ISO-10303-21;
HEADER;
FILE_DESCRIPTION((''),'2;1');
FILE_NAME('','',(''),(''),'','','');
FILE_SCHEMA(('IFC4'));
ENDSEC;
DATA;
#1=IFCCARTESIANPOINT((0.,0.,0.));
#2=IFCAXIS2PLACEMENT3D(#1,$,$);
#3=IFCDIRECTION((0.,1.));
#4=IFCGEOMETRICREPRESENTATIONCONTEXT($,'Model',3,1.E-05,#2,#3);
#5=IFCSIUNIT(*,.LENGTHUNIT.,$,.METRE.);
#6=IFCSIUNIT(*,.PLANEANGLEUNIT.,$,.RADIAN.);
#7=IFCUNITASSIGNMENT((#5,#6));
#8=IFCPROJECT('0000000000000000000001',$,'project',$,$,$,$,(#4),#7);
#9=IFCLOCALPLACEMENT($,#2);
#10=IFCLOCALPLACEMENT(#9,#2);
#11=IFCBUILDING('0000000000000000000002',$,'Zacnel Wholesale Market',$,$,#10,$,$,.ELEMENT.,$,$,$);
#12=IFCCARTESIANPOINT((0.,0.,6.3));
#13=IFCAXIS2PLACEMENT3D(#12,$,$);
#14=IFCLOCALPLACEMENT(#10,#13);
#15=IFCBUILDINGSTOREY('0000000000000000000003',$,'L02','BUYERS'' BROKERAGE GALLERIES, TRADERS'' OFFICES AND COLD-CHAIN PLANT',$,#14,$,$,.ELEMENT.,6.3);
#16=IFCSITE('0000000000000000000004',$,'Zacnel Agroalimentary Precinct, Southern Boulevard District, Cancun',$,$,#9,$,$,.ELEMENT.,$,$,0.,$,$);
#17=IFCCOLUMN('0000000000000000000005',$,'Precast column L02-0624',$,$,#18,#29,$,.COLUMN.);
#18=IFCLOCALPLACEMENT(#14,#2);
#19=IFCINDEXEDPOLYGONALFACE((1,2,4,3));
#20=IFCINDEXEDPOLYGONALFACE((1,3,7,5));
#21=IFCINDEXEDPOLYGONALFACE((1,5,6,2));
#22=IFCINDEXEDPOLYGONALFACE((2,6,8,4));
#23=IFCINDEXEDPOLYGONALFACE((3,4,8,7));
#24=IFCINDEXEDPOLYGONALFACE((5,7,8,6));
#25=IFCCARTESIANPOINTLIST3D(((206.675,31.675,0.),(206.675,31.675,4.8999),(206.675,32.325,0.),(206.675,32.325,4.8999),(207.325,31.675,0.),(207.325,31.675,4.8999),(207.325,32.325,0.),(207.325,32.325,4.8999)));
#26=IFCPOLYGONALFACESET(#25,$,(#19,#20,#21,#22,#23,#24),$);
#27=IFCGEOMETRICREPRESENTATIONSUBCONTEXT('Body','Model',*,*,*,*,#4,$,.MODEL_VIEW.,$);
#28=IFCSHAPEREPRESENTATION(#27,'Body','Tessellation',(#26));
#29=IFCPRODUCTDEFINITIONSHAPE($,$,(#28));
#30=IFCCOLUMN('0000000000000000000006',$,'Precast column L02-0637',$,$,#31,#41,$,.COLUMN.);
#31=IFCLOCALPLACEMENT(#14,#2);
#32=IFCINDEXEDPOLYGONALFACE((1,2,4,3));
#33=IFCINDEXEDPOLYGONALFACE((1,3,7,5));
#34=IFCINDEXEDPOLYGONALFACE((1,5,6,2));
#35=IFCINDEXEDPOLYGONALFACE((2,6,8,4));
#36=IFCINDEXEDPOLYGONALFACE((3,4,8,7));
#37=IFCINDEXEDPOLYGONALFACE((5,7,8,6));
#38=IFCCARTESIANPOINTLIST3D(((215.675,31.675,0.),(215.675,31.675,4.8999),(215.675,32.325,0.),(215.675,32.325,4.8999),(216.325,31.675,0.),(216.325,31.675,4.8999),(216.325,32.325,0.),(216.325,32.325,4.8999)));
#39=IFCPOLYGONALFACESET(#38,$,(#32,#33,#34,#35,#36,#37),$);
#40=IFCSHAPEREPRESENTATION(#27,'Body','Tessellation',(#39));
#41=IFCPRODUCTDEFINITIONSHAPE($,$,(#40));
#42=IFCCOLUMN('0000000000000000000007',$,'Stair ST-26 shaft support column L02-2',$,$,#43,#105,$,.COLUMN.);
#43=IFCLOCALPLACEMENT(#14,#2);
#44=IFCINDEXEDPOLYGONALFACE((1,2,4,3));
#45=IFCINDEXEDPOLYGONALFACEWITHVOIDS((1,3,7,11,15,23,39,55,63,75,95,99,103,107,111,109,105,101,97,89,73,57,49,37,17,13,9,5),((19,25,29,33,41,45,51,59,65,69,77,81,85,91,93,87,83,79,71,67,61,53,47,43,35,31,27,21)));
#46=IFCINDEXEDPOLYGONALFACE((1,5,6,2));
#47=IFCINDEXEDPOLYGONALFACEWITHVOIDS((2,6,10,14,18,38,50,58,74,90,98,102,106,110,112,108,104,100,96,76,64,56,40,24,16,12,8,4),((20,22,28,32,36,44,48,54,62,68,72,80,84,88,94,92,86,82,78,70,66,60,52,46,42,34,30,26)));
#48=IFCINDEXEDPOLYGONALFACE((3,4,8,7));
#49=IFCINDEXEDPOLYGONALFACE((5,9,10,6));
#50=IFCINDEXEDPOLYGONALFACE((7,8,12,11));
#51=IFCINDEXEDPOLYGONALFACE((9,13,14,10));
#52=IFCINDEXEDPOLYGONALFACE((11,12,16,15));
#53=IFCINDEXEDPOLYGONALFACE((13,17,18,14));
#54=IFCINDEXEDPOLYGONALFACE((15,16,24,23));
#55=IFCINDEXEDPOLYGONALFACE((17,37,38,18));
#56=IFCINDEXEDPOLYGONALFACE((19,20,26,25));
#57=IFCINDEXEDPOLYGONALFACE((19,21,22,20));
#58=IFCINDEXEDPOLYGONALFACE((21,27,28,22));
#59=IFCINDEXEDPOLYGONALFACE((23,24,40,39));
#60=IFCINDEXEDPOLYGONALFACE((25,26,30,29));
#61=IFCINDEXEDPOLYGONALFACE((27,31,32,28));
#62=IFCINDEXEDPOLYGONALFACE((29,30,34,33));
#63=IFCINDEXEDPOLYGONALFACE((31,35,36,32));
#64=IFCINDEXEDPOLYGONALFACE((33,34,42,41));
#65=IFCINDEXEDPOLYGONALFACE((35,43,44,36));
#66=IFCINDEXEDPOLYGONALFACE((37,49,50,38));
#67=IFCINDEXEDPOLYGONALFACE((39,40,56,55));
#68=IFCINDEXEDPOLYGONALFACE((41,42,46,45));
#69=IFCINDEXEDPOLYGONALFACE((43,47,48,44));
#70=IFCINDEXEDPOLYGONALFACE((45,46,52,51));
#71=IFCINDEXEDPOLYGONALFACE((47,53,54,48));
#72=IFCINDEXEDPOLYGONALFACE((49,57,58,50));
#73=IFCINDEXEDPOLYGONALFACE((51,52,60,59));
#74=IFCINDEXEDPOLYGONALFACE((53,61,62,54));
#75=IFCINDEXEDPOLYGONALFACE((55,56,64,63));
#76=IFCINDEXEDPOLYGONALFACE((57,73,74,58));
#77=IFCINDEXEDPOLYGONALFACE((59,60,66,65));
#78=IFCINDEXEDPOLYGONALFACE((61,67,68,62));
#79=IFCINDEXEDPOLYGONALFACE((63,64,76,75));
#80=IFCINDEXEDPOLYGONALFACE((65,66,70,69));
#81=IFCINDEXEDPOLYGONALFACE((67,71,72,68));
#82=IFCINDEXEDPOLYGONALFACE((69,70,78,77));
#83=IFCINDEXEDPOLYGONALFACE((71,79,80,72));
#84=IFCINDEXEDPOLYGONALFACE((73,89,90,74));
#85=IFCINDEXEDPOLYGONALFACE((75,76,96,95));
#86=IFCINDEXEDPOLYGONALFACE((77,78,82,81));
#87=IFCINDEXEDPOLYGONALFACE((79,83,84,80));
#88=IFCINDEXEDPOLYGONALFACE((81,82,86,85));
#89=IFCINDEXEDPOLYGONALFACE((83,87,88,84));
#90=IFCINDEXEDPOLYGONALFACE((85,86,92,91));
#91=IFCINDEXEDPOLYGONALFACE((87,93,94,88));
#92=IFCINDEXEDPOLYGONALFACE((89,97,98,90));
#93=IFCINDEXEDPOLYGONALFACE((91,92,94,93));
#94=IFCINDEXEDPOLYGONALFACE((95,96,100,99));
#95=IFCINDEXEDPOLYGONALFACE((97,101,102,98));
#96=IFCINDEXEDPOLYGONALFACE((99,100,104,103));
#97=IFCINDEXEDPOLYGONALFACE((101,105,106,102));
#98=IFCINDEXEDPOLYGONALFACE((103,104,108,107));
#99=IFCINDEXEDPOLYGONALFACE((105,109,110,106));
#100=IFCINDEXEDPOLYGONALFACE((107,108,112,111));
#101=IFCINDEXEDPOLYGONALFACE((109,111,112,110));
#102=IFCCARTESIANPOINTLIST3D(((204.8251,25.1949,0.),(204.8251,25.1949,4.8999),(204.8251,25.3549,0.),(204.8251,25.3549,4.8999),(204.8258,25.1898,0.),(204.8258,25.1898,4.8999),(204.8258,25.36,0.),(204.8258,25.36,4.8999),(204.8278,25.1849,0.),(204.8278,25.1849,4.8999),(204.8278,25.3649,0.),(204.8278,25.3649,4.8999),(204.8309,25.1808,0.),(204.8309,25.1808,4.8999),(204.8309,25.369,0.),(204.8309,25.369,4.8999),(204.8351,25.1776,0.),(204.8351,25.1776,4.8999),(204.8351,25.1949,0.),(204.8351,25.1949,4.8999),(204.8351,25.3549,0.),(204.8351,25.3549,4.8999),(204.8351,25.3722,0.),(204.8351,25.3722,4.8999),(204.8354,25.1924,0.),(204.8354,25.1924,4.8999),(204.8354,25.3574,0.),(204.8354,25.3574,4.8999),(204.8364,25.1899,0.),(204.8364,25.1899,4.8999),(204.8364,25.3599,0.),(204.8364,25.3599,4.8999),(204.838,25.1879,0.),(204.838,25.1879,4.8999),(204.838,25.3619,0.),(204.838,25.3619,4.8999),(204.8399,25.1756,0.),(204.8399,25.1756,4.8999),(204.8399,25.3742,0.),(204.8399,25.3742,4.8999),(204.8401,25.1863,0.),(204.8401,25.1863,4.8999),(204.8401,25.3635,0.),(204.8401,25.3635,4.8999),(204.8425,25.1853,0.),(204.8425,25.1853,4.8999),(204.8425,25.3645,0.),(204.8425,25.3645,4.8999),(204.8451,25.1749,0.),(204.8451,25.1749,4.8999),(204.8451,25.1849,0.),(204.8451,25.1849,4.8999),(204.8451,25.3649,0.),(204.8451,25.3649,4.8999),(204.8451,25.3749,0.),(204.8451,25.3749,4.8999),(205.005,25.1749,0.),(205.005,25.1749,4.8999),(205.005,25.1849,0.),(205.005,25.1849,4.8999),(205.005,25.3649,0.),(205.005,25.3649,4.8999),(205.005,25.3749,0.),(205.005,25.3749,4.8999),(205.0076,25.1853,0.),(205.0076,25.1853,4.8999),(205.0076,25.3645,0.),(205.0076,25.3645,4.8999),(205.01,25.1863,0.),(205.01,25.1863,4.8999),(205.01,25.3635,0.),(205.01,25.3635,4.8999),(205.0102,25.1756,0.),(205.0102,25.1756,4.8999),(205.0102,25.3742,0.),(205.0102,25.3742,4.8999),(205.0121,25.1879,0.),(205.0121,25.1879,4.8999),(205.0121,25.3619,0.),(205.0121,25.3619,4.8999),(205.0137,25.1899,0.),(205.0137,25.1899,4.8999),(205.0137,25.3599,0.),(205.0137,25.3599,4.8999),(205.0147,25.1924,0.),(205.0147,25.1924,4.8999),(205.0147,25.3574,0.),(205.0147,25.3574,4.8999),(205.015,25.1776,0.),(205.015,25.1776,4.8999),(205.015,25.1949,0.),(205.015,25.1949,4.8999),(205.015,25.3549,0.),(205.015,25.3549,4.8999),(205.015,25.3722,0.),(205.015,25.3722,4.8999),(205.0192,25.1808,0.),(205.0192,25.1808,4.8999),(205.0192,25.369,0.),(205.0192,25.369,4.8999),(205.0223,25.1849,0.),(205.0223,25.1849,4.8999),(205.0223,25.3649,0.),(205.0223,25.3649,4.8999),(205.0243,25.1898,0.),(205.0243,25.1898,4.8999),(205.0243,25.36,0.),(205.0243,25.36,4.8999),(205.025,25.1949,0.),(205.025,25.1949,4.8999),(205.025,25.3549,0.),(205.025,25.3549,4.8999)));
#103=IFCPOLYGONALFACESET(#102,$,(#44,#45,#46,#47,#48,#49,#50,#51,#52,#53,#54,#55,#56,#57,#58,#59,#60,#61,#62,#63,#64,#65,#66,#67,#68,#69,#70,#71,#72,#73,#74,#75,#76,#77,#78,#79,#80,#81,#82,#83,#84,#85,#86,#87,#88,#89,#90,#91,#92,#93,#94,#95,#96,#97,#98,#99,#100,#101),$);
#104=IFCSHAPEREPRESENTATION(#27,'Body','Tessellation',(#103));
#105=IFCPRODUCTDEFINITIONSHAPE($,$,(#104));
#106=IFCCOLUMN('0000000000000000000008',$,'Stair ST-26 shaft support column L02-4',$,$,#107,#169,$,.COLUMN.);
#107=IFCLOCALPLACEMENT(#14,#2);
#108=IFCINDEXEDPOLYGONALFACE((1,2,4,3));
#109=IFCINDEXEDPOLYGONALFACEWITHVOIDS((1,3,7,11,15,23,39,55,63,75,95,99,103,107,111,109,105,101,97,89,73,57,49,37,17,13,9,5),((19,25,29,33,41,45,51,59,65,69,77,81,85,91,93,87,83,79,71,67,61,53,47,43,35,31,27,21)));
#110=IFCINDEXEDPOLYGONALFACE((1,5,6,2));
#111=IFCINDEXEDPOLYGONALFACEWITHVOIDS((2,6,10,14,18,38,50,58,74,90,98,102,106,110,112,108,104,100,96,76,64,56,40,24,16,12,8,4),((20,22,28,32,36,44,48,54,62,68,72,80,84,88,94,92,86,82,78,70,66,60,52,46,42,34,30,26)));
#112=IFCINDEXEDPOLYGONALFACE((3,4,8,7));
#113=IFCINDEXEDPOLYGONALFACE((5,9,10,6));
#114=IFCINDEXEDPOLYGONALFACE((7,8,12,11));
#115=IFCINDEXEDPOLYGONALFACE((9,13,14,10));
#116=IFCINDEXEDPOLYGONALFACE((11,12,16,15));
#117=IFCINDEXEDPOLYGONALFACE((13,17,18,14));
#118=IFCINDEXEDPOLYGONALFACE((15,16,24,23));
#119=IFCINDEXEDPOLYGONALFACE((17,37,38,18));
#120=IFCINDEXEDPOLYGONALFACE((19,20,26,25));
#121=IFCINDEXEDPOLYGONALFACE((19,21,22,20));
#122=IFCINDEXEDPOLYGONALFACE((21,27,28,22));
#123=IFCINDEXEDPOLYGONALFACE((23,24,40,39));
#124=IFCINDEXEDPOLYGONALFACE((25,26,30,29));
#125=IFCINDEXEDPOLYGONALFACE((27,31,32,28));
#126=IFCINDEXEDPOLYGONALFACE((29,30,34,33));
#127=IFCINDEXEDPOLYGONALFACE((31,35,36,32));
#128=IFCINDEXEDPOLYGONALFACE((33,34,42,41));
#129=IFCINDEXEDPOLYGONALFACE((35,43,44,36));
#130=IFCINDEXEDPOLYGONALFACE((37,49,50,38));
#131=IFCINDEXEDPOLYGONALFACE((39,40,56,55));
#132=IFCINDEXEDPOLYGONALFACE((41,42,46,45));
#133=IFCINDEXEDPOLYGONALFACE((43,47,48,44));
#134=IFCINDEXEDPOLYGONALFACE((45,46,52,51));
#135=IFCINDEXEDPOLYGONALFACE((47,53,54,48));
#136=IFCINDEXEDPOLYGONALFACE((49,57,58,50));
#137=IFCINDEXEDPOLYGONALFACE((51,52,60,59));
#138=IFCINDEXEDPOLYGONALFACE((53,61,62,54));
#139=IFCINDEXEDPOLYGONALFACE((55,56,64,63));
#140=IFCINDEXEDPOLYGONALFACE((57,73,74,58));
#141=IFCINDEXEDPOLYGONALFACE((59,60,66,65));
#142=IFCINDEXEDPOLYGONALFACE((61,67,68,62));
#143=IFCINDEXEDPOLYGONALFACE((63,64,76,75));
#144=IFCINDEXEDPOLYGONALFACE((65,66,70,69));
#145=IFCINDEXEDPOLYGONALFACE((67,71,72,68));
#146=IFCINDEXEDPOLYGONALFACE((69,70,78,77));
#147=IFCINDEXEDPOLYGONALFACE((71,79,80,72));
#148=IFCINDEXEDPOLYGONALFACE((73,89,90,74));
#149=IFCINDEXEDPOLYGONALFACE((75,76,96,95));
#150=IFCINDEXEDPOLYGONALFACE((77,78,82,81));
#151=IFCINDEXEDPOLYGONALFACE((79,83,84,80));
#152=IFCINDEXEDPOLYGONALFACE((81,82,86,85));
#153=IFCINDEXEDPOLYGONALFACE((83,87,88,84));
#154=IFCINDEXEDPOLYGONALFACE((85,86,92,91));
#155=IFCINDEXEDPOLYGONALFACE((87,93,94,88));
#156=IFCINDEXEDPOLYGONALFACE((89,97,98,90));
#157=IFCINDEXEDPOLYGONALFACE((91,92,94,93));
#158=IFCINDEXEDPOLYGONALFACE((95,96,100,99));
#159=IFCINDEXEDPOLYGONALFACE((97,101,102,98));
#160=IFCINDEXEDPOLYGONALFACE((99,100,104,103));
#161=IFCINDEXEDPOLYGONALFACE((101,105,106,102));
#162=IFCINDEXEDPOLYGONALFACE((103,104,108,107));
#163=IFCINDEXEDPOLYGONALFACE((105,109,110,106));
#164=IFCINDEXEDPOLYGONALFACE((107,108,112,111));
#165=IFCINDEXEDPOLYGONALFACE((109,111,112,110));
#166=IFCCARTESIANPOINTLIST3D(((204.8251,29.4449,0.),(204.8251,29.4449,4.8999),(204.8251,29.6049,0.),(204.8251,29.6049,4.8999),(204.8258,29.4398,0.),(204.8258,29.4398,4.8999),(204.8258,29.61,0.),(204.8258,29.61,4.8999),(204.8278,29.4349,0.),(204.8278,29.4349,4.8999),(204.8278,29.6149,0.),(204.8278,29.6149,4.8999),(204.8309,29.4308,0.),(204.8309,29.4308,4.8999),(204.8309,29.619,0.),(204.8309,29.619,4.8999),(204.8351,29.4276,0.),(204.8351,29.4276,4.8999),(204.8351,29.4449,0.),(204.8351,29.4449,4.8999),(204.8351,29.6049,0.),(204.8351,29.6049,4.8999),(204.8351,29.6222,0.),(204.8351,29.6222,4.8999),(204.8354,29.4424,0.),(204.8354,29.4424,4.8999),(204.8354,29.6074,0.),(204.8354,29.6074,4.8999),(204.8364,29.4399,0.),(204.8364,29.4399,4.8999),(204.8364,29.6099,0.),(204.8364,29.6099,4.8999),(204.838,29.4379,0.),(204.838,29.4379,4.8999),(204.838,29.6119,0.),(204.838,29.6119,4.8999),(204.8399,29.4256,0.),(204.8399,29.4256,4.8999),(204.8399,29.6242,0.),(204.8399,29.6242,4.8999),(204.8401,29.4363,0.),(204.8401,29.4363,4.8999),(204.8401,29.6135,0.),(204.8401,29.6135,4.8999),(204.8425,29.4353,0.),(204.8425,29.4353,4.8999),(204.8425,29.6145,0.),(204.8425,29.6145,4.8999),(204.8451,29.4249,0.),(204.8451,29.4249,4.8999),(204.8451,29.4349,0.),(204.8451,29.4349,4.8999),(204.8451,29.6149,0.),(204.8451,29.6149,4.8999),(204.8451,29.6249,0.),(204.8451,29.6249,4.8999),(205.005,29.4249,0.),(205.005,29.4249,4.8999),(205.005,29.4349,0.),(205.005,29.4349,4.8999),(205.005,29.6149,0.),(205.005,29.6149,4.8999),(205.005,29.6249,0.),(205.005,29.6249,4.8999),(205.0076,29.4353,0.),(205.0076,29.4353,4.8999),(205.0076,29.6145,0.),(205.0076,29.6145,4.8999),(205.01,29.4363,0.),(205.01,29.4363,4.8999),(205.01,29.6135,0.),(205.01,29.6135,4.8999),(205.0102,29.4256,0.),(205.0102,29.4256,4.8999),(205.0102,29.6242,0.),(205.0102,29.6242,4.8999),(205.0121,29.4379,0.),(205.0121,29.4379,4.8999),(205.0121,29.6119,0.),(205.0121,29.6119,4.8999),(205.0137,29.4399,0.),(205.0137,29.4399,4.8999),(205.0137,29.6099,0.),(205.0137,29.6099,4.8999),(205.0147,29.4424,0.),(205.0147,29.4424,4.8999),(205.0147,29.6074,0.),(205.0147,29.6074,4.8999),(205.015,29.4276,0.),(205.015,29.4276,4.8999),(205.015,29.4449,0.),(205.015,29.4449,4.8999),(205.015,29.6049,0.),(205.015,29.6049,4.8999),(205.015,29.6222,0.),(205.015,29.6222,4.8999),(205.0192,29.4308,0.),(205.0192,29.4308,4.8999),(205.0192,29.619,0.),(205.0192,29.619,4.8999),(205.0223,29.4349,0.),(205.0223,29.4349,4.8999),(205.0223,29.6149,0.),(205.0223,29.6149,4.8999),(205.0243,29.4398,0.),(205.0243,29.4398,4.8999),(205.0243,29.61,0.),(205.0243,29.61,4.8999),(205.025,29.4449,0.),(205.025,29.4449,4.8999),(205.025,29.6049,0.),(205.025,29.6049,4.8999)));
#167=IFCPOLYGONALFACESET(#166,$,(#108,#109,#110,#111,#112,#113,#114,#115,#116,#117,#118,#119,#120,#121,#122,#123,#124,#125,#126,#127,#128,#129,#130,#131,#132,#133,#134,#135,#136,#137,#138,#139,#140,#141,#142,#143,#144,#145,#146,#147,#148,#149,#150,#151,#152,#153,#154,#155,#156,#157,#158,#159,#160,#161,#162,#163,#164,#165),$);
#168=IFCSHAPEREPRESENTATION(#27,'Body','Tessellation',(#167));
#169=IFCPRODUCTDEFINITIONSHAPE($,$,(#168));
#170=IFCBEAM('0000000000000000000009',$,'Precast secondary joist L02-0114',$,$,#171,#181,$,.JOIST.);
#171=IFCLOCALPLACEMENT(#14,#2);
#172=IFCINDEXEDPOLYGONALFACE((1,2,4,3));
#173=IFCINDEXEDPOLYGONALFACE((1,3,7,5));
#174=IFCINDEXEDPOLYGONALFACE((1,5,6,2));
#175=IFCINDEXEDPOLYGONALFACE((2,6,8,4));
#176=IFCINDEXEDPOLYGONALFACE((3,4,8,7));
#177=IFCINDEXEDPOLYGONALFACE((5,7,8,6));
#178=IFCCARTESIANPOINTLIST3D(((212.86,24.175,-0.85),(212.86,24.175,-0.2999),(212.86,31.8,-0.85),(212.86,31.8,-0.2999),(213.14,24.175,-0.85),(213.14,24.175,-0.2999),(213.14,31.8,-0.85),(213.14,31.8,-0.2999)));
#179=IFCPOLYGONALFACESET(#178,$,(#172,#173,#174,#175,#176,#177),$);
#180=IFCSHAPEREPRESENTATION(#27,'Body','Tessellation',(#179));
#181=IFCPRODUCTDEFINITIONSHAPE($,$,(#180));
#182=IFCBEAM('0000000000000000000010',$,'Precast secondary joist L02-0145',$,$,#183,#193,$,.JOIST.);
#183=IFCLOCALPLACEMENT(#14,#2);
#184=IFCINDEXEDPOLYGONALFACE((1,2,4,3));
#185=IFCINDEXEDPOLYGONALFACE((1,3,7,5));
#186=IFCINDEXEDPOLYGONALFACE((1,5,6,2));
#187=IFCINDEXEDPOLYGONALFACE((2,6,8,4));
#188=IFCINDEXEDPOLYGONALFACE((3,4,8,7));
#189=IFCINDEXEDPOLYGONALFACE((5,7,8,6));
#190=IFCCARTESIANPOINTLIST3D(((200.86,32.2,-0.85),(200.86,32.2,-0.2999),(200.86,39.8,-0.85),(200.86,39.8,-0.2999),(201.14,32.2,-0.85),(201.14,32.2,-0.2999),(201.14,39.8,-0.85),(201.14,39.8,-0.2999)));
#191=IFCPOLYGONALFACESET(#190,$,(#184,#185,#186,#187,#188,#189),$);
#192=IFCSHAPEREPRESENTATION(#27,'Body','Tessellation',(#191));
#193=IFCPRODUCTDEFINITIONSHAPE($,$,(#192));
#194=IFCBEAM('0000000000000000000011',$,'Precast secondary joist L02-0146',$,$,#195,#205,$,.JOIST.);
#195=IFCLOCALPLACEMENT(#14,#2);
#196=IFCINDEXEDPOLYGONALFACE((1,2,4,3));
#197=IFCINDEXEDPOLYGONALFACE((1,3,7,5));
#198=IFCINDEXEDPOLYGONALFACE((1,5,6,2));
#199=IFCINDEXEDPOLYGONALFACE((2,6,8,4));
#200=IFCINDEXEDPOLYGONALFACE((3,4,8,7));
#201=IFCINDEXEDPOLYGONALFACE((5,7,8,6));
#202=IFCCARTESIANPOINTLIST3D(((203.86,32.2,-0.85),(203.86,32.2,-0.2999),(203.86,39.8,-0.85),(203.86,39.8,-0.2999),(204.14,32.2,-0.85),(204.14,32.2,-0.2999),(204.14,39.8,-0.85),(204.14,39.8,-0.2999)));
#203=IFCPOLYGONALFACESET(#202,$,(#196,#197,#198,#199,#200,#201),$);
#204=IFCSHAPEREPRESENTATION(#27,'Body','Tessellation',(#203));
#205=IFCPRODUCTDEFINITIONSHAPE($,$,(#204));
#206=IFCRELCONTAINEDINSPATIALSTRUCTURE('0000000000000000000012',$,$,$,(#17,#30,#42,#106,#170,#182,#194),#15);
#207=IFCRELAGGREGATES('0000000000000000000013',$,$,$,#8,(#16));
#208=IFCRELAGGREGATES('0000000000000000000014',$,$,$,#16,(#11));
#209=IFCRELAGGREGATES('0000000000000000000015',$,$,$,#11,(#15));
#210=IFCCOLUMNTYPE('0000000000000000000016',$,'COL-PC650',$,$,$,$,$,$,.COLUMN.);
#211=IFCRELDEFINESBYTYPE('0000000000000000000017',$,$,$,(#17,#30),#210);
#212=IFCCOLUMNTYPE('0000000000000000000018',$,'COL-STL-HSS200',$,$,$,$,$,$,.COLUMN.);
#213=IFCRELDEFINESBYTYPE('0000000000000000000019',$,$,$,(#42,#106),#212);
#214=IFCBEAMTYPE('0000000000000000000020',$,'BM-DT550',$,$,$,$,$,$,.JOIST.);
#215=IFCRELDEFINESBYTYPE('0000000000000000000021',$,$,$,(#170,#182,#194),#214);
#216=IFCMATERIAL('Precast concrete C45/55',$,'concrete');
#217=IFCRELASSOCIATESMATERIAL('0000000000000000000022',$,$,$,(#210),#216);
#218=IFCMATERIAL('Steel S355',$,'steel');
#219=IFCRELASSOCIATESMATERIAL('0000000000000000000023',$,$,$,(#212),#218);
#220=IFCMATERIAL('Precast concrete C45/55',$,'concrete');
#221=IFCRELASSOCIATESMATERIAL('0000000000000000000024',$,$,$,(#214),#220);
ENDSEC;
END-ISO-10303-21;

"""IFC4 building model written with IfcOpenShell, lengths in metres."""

from ifc_helpers import new_model, si_unit, direction, frame, origin, origin_2d, place, context, subcontext, project, spatial, rectangle, hollow_rectangle, extrude, material, material_profile, profile_set, type_object, element, save


model = new_model("IFC4")

# Units and contexts
model_context = context("Model", 3, precision=1e-05, world=origin(), true_north=direction((0.0, 1.0)))
body_context = subcontext(model_context, "Body", "Model", "MODEL_VIEW")
ifc_project = project(units=[si_unit("LENGTHUNIT", "METRE"), si_unit("PLANEANGLEUNIT", "RADIAN")], contexts=[model_context])

# Site, building, storey
site_placement = place(None, origin())
site = spatial("IfcSite", under=ifc_project, at=site_placement, Name="Zacnel Agroalimentary Precinct, Southern Boulevard District, Cancun", CompositionType="ELEMENT", RefElevation=0.0)
building_placement = place(site_placement, origin())
building = spatial("IfcBuilding", under=site, at=building_placement, Name="Zacnel Wholesale Market", CompositionType="ELEMENT")
storey_placement = place(building_placement, frame((0.0, 0.0, 6.3)))
storey = spatial("IfcBuildingStorey", under=building, at=storey_placement, Name="L02", Description="BUYERS' BROKERAGE GALLERIES, TRADERS' OFFICES AND COLD-CHAIN PLANT", CompositionType="ELEMENT", Elevation=6.3)

# Columns
ifc_material_1 = material(Name="Precast concrete C45/55", Category="concrete")
ifc_material_profile_1 = material_profile(ifc_material_1, rectangle(XDim=0.6499, YDim=0.6499, at=origin_2d()), Name="PC 650x650")
ifc_profile_set_1 = profile_set([ifc_material_profile_1], Name="Precast concrete C45/55")
column_type_1 = type_object("IfcColumnType", Name="COL-PC650", PredefinedType="COLUMN", material=ifc_profile_set_1)
for number, where, z_axis, x_axis, name in (
    (1, (207.0, 32.0, 0.0), (0.0, 0.0, 1.0), (1.0, 0.0, 0.0), "Precast column L02-0624"),
    (2, (216.0, 32.0, 0.0), (0.0, 0.0, 1.0), (1.0, 0.0, 0.0), "Precast column L02-0637"),
):
    element("IfcColumn", number, at=place(storey_placement, frame(where, z_axis=z_axis, x_axis=x_axis)), inside=storey, type_object=column_type_1, Name=name, PredefinedType="COLUMN", context=body_context, shape_type="SweptSolid", body=[
        extrude(rectangle(XDim=0.6499, YDim=0.6499, at=origin_2d()), origin(), (0.0, 0.0, 1.0), 4.8999),
    ])
ifc_material_2 = material(Name="Steel S355", Category="steel")
ifc_material_profile_2 = material_profile(ifc_material_2, hollow_rectangle(XDim=0.2, YDim=0.2, WallThickness=0.01, InnerFilletRadius=0.01, OuterFilletRadius=0.02, at=origin_2d()), Name="HSS 200x200x10")
ifc_profile_set_2 = profile_set([ifc_material_profile_2], Name="Steel S355")
column_type_2 = type_object("IfcColumnType", Name="COL-STL-HSS200", PredefinedType="COLUMN", material=ifc_profile_set_2)
for number, where, z_axis, x_axis, name in (
    (3, (204.925, 25.2749, 0.0), (0.0, 0.0, 1.0), (1.0, 0.0, 0.0), "Stair ST-26 shaft support column L02-2"),
    (4, (204.925, 29.5249, 0.0), (0.0, 0.0, 1.0), (1.0, 0.0, 0.0), "Stair ST-26 shaft support column L02-4"),
):
    element("IfcColumn", number, at=place(storey_placement, frame(where, z_axis=z_axis, x_axis=x_axis)), inside=storey, type_object=column_type_2, Name=name, PredefinedType="COLUMN", context=body_context, shape_type="SweptSolid", body=[
        extrude(hollow_rectangle(XDim=0.2, YDim=0.2, WallThickness=0.01, InnerFilletRadius=0.01, OuterFilletRadius=0.02, at=origin_2d()), origin(), (0.0, 0.0, 1.0), 4.8999),
    ])

# Beams
ifc_material_3 = material(Name="Precast concrete C45/55", Category="concrete")
ifc_material_profile_3 = material_profile(ifc_material_3, rectangle(XDim=0.28, YDim=0.55, at=origin_2d()), Name="DT RIB 280x550")
ifc_profile_set_3 = profile_set([ifc_material_profile_3], Name="Precast concrete C45/55")
beam_type_1 = type_object("IfcBeamType", Name="BM-DT550", PredefinedType="JOIST", material=ifc_profile_set_3)
beam_1_placement = place(storey_placement, frame((213.0, 24.175, -0.575), z_axis=(0.0, 1.0, 0.0), x_axis=(-1.0, 0.0, 0.0)))
element("IfcBeam", 5, at=beam_1_placement, inside=storey, type_object=beam_type_1, Name="Precast secondary joist L02-0114", PredefinedType="JOIST", context=body_context, shape_type="SweptSolid", body=[
    extrude(rectangle(XDim=0.28, YDim=0.55, at=origin_2d()), origin(), (0.0, 0.0, 1.0), 7.625),
])
for number, where, z_axis, x_axis, name in (
    (6, (201.0, 32.2, -0.575), (0.0, 1.0, 0.0), (-1.0, 0.0, 0.0), "Precast secondary joist L02-0145"),
    (7, (204.0, 32.2, -0.575), (0.0, 1.0, 0.0), (-1.0, 0.0, 0.0), "Precast secondary joist L02-0146"),
):
    element("IfcBeam", number, at=place(storey_placement, frame(where, z_axis=z_axis, x_axis=x_axis)), inside=storey, type_object=beam_type_1, Name=name, PredefinedType="JOIST", context=body_context, shape_type="SweptSolid", body=[
        extrude(rectangle(XDim=0.28, YDim=0.55, at=origin_2d()), origin(), (0.0, 0.0, 1.0), 7.6001),
    ])

save(model, "model.ifc")
